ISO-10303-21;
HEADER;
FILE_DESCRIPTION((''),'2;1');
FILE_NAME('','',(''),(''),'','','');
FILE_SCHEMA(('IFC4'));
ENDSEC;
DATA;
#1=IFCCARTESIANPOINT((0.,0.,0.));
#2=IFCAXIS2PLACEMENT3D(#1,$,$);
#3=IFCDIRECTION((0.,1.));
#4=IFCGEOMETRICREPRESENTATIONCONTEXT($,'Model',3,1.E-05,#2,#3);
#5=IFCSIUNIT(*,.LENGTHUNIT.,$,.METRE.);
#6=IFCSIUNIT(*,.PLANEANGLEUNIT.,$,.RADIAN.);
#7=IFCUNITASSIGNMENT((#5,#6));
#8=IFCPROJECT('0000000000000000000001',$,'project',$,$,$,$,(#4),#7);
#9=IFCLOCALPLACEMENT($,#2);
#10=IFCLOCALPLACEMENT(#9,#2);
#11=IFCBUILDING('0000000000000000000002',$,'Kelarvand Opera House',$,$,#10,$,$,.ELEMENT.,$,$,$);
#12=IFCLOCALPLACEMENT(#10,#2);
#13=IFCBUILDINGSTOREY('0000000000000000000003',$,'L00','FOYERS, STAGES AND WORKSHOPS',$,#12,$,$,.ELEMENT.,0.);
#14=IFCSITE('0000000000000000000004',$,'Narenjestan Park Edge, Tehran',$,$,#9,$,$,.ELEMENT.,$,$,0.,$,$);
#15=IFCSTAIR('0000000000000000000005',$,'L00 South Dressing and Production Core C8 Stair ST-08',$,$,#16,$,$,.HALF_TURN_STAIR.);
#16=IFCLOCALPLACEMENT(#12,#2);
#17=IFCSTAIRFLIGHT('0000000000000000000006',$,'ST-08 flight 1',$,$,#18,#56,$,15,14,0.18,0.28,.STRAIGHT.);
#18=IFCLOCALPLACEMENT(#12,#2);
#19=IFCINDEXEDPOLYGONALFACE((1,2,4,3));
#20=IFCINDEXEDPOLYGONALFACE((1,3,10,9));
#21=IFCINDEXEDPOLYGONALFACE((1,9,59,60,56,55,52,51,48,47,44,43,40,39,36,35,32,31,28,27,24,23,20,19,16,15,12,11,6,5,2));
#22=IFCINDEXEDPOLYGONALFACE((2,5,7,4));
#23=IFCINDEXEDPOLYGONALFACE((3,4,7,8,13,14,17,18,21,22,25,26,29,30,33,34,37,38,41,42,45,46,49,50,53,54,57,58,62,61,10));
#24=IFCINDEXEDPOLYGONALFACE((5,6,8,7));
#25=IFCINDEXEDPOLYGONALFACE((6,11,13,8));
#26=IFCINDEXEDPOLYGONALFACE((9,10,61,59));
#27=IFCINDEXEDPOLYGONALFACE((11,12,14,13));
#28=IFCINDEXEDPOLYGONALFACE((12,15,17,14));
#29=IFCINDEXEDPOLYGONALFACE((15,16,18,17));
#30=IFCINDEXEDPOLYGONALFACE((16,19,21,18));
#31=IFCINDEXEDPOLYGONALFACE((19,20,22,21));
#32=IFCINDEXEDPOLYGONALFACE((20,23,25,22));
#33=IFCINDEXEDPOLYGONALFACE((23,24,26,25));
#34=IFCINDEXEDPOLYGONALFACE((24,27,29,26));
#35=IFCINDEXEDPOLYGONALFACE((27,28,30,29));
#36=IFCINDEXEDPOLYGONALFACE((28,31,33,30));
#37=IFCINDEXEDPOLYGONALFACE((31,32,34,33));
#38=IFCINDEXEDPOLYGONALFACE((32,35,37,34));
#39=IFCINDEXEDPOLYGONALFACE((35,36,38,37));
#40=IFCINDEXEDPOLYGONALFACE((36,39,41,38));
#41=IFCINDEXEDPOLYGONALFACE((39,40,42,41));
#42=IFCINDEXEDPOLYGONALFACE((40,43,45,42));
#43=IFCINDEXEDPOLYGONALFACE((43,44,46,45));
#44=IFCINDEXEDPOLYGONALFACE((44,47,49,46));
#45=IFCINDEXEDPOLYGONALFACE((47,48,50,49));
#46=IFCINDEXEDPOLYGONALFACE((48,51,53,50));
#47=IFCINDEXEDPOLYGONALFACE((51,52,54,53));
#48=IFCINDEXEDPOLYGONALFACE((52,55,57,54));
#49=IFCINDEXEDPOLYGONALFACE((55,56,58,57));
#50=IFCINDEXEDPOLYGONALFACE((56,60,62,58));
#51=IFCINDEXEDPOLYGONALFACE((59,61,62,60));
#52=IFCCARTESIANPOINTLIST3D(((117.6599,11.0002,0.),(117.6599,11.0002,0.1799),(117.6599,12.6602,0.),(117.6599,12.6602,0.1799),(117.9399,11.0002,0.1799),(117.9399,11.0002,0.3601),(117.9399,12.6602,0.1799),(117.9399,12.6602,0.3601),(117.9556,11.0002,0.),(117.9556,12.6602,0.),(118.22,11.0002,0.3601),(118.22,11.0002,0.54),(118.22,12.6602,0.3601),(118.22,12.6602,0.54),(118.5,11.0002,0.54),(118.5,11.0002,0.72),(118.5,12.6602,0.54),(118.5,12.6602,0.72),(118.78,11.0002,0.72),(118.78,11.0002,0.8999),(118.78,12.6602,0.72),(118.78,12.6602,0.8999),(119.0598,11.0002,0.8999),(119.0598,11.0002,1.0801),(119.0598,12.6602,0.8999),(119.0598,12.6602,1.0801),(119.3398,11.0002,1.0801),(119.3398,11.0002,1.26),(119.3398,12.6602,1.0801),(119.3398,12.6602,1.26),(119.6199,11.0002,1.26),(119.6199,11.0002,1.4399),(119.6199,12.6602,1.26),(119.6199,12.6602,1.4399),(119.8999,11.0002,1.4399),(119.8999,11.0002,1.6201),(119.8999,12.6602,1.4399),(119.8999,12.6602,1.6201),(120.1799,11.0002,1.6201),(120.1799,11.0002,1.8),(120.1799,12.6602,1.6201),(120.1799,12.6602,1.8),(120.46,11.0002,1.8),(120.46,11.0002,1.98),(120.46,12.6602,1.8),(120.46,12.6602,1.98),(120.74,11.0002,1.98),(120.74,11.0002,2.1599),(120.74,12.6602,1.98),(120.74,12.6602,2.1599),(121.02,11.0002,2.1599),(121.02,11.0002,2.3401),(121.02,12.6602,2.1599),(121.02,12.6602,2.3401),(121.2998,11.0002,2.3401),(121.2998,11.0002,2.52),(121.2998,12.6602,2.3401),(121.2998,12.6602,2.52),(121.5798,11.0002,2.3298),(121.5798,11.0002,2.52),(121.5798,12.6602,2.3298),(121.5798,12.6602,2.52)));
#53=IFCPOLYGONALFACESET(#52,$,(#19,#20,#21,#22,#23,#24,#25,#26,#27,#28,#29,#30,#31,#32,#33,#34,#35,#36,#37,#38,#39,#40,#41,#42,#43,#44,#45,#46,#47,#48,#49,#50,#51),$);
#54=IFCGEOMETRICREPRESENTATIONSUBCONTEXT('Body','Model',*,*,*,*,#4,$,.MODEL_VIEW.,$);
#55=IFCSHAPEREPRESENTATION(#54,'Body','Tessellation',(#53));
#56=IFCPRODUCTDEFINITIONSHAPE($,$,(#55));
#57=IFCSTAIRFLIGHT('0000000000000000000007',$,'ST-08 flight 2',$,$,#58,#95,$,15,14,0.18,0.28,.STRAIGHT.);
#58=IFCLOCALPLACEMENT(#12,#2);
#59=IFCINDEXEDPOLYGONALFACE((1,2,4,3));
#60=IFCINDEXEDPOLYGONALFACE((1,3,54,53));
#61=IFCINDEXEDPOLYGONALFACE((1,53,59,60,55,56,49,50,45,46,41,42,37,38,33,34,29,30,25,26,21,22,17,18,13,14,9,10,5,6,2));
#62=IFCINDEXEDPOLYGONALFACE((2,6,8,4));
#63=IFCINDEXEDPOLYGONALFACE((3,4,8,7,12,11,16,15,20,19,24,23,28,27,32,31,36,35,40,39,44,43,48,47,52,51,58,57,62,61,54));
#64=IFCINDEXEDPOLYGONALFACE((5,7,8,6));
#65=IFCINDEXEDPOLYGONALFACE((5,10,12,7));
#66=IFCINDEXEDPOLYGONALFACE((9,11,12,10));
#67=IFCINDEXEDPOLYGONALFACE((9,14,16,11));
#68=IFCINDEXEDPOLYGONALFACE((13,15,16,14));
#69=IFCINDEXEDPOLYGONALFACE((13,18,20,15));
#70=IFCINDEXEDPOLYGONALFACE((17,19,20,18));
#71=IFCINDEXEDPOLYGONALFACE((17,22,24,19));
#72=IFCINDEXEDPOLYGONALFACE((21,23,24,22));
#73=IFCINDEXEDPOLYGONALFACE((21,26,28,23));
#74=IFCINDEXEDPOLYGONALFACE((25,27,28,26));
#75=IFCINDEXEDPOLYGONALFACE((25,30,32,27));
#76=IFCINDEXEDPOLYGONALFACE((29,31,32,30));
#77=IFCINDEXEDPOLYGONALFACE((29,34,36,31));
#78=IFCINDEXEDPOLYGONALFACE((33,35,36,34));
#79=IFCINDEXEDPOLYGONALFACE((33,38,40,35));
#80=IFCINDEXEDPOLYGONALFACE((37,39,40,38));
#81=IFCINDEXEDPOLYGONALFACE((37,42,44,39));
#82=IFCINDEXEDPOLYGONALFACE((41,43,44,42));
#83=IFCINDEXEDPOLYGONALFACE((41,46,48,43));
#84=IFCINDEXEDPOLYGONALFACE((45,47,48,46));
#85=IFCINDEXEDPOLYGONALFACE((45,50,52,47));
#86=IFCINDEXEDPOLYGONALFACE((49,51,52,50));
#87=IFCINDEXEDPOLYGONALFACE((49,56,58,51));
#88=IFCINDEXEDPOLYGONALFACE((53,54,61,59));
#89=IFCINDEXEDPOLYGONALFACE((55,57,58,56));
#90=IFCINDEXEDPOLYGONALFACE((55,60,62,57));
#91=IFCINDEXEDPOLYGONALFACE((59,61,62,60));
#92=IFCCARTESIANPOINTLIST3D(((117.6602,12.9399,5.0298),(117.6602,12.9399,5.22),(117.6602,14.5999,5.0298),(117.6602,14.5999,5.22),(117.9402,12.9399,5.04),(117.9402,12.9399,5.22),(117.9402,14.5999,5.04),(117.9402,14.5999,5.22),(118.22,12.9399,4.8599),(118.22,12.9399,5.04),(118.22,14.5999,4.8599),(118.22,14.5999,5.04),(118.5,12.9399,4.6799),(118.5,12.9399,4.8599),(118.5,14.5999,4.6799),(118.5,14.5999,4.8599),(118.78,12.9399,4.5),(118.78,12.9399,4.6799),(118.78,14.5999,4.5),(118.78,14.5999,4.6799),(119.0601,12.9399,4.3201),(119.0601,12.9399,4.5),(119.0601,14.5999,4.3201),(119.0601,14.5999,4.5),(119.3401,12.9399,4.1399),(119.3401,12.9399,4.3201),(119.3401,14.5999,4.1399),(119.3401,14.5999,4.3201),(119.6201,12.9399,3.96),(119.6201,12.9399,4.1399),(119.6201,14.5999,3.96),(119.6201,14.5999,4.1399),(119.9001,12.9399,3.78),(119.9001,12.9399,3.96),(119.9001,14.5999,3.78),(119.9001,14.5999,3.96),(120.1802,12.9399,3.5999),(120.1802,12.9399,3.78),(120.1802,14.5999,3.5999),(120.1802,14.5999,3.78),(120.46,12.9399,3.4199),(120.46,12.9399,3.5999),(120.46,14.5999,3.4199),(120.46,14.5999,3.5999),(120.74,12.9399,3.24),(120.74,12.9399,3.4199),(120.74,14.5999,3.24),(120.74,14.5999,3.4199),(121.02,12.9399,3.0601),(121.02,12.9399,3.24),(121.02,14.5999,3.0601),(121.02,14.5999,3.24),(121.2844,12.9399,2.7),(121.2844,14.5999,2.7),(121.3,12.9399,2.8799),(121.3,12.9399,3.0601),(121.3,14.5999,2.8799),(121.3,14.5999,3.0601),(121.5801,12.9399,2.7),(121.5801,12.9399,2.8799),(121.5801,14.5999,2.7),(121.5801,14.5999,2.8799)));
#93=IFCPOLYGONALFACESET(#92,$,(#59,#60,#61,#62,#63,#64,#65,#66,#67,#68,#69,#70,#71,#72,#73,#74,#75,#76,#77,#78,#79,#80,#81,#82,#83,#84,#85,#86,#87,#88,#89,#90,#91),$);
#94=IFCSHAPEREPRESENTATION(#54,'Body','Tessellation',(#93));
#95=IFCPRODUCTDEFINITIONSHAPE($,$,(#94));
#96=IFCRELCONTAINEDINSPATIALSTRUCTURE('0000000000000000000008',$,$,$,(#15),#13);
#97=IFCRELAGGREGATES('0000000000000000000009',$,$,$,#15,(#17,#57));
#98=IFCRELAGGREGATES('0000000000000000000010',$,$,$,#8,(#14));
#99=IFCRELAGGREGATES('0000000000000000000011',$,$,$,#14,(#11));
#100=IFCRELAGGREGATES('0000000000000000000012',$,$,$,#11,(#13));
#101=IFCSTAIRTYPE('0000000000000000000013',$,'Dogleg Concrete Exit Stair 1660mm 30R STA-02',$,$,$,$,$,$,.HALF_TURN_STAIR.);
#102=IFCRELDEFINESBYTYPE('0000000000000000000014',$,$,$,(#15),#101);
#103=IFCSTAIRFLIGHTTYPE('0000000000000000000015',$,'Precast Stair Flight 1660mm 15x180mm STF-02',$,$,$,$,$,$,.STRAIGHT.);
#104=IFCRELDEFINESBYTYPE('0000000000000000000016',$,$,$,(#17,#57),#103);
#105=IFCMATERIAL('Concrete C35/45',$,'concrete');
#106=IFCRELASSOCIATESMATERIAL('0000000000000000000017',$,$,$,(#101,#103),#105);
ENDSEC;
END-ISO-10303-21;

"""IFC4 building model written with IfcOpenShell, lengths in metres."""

from ifc_helpers import new_model, si_unit, direction, frame, origin, place, context, subcontext, project, spatial, polyline, outline, extrude, material, type_object, element, aggregate, save


model = new_model("IFC4")

# Units and contexts
model_context = context("Model", 3, precision=1e-05, world=origin(), true_north=direction((0.0, 1.0)))
body_context = subcontext(model_context, "Body", "Model", "MODEL_VIEW")
ifc_project = project(units=[si_unit("LENGTHUNIT", "METRE"), si_unit("PLANEANGLEUNIT", "RADIAN")], contexts=[model_context])

# Site, building, storey
site_placement = place(None, origin())
site = spatial("IfcSite", under=ifc_project, at=site_placement, Name="Narenjestan Park Edge, Tehran", CompositionType="ELEMENT", RefElevation=0.0)
building_placement = place(site_placement, origin())
building = spatial("IfcBuilding", under=site, at=building_placement, Name="Kelarvand Opera House", CompositionType="ELEMENT")
storey_placement = place(building_placement, origin())
storey = spatial("IfcBuildingStorey", under=building, at=storey_placement, Name="L00", Description="FOYERS, STAGES AND WORKSHOPS", CompositionType="ELEMENT", Elevation=0.0)

# Shared definitions
ifc_material_1 = material(Name="Concrete C35/45", Category="concrete")

# Stair, stair flights
stair_type = type_object("IfcStairType", Name="Dogleg Concrete Exit Stair 1660mm 30R STA-02", PredefinedType="HALF_TURN_STAIR", material=ifc_material_1)
stair_placement = place(storey_placement, origin())
stair = element("IfcStair", 1, at=stair_placement, inside=storey, type_object=stair_type, Name="L00 South Dressing and Production Core C8 Stair ST-08", PredefinedType="HALF_TURN_STAIR")
stair_flight_type = type_object("IfcStairFlightType", Name="Precast Stair Flight 1660mm 15x180mm STF-02", PredefinedType="STRAIGHT", material=ifc_material_1)
stair_flight_1_placement = place(storey_placement, frame((117.6599, 11.8301, 0.0), z_axis=(0.0, 0.0, 1.0), x_axis=(1.0, 0.0, 0.0)))
stair_flight_1 = element("IfcStairFlight", 2, at=stair_flight_1_placement, type_object=stair_flight_type, Name="ST-08 flight 1", NumberOfRisers=15, NumberOfTreads=14, PredefinedType="STRAIGHT", RiserHeight=0.18, TreadLength=0.28, context=body_context, shape_type="SweptSolid", body=[
    extrude(outline(polyline([(0.0, 0.0), (0.0, 0.1799), (0.28, 0.1799), (0.28, 0.3601), (0.5601, 0.3601), (0.5601, 0.54), (0.8401, 0.54), (0.8401, 0.72), (1.1201, 0.72), (1.1201, 0.8999), (1.3999, 0.8999), (1.3999, 1.0801), (1.6799, 1.0801), (1.6799, 1.26), (1.96, 1.26), (1.96, 1.4399), (2.24, 1.4399), (2.24, 1.6201), (2.52, 1.6201), (2.52, 1.8), (2.8, 1.8), (2.8, 1.98), (3.0801, 1.98), (3.0801, 2.1599), (3.3601, 2.1599), (3.3601, 2.3401), (3.6399, 2.3401), (3.6399, 2.52), (3.9199, 2.52), (3.9199, 2.7), (3.9199, 2.3298), (0.2957, 0.0), (0.0, 0.0)])), frame((0.0, 0.8301, 0.0), z_axis=(0.0, -1.0, 0.0), x_axis=(1.0, 0.0, 0.0)), (0.0, 0.0, 1.0), 1.6599),
])
stair_flight_2_placement = place(storey_placement, frame((121.5801, 13.77, 2.7), z_axis=(0.0, 0.0, 1.0), x_axis=(-1.0, 0.0, 0.0)))
stair_flight_2 = element("IfcStairFlight", 3, at=stair_flight_2_placement, type_object=stair_flight_type, Name="ST-08 flight 2", NumberOfRisers=15, NumberOfTreads=14, PredefinedType="STRAIGHT", RiserHeight=0.18, TreadLength=0.28, context=body_context, shape_type="SweptSolid", body=[
    extrude(outline(polyline([(0.0, 0.0), (0.0, 0.1799), (0.28, 0.1799), (0.28, 0.3601), (0.5601, 0.3601), (0.5601, 0.54), (0.8401, 0.54), (0.8401, 0.72), (1.1201, 0.72), (1.1201, 0.8999), (1.3999, 0.8999), (1.3999, 1.0801), (1.6799, 1.0801), (1.6799, 1.26), (1.96, 1.26), (1.96, 1.4399), (2.24, 1.4399), (2.24, 1.6201), (2.52, 1.6201), (2.52, 1.8), (2.8, 1.8), (2.8, 1.98), (3.0801, 1.98), (3.0801, 2.1599), (3.3601, 2.1599), (3.3601, 2.3401), (3.6399, 2.3401), (3.6399, 2.52), (3.9199, 2.52), (3.9199, 2.7), (3.9199, 2.3298), (0.2957, 0.0), (0.0, 0.0)])), frame((0.0, 0.8301, 0.0), z_axis=(0.0, -1.0, 0.0), x_axis=(1.0, 0.0, 0.0)), (0.0, 0.0, 1.0), 1.6599),
])
aggregate(stair, [stair_flight_1, stair_flight_2])

save(model, "model.ifc")
